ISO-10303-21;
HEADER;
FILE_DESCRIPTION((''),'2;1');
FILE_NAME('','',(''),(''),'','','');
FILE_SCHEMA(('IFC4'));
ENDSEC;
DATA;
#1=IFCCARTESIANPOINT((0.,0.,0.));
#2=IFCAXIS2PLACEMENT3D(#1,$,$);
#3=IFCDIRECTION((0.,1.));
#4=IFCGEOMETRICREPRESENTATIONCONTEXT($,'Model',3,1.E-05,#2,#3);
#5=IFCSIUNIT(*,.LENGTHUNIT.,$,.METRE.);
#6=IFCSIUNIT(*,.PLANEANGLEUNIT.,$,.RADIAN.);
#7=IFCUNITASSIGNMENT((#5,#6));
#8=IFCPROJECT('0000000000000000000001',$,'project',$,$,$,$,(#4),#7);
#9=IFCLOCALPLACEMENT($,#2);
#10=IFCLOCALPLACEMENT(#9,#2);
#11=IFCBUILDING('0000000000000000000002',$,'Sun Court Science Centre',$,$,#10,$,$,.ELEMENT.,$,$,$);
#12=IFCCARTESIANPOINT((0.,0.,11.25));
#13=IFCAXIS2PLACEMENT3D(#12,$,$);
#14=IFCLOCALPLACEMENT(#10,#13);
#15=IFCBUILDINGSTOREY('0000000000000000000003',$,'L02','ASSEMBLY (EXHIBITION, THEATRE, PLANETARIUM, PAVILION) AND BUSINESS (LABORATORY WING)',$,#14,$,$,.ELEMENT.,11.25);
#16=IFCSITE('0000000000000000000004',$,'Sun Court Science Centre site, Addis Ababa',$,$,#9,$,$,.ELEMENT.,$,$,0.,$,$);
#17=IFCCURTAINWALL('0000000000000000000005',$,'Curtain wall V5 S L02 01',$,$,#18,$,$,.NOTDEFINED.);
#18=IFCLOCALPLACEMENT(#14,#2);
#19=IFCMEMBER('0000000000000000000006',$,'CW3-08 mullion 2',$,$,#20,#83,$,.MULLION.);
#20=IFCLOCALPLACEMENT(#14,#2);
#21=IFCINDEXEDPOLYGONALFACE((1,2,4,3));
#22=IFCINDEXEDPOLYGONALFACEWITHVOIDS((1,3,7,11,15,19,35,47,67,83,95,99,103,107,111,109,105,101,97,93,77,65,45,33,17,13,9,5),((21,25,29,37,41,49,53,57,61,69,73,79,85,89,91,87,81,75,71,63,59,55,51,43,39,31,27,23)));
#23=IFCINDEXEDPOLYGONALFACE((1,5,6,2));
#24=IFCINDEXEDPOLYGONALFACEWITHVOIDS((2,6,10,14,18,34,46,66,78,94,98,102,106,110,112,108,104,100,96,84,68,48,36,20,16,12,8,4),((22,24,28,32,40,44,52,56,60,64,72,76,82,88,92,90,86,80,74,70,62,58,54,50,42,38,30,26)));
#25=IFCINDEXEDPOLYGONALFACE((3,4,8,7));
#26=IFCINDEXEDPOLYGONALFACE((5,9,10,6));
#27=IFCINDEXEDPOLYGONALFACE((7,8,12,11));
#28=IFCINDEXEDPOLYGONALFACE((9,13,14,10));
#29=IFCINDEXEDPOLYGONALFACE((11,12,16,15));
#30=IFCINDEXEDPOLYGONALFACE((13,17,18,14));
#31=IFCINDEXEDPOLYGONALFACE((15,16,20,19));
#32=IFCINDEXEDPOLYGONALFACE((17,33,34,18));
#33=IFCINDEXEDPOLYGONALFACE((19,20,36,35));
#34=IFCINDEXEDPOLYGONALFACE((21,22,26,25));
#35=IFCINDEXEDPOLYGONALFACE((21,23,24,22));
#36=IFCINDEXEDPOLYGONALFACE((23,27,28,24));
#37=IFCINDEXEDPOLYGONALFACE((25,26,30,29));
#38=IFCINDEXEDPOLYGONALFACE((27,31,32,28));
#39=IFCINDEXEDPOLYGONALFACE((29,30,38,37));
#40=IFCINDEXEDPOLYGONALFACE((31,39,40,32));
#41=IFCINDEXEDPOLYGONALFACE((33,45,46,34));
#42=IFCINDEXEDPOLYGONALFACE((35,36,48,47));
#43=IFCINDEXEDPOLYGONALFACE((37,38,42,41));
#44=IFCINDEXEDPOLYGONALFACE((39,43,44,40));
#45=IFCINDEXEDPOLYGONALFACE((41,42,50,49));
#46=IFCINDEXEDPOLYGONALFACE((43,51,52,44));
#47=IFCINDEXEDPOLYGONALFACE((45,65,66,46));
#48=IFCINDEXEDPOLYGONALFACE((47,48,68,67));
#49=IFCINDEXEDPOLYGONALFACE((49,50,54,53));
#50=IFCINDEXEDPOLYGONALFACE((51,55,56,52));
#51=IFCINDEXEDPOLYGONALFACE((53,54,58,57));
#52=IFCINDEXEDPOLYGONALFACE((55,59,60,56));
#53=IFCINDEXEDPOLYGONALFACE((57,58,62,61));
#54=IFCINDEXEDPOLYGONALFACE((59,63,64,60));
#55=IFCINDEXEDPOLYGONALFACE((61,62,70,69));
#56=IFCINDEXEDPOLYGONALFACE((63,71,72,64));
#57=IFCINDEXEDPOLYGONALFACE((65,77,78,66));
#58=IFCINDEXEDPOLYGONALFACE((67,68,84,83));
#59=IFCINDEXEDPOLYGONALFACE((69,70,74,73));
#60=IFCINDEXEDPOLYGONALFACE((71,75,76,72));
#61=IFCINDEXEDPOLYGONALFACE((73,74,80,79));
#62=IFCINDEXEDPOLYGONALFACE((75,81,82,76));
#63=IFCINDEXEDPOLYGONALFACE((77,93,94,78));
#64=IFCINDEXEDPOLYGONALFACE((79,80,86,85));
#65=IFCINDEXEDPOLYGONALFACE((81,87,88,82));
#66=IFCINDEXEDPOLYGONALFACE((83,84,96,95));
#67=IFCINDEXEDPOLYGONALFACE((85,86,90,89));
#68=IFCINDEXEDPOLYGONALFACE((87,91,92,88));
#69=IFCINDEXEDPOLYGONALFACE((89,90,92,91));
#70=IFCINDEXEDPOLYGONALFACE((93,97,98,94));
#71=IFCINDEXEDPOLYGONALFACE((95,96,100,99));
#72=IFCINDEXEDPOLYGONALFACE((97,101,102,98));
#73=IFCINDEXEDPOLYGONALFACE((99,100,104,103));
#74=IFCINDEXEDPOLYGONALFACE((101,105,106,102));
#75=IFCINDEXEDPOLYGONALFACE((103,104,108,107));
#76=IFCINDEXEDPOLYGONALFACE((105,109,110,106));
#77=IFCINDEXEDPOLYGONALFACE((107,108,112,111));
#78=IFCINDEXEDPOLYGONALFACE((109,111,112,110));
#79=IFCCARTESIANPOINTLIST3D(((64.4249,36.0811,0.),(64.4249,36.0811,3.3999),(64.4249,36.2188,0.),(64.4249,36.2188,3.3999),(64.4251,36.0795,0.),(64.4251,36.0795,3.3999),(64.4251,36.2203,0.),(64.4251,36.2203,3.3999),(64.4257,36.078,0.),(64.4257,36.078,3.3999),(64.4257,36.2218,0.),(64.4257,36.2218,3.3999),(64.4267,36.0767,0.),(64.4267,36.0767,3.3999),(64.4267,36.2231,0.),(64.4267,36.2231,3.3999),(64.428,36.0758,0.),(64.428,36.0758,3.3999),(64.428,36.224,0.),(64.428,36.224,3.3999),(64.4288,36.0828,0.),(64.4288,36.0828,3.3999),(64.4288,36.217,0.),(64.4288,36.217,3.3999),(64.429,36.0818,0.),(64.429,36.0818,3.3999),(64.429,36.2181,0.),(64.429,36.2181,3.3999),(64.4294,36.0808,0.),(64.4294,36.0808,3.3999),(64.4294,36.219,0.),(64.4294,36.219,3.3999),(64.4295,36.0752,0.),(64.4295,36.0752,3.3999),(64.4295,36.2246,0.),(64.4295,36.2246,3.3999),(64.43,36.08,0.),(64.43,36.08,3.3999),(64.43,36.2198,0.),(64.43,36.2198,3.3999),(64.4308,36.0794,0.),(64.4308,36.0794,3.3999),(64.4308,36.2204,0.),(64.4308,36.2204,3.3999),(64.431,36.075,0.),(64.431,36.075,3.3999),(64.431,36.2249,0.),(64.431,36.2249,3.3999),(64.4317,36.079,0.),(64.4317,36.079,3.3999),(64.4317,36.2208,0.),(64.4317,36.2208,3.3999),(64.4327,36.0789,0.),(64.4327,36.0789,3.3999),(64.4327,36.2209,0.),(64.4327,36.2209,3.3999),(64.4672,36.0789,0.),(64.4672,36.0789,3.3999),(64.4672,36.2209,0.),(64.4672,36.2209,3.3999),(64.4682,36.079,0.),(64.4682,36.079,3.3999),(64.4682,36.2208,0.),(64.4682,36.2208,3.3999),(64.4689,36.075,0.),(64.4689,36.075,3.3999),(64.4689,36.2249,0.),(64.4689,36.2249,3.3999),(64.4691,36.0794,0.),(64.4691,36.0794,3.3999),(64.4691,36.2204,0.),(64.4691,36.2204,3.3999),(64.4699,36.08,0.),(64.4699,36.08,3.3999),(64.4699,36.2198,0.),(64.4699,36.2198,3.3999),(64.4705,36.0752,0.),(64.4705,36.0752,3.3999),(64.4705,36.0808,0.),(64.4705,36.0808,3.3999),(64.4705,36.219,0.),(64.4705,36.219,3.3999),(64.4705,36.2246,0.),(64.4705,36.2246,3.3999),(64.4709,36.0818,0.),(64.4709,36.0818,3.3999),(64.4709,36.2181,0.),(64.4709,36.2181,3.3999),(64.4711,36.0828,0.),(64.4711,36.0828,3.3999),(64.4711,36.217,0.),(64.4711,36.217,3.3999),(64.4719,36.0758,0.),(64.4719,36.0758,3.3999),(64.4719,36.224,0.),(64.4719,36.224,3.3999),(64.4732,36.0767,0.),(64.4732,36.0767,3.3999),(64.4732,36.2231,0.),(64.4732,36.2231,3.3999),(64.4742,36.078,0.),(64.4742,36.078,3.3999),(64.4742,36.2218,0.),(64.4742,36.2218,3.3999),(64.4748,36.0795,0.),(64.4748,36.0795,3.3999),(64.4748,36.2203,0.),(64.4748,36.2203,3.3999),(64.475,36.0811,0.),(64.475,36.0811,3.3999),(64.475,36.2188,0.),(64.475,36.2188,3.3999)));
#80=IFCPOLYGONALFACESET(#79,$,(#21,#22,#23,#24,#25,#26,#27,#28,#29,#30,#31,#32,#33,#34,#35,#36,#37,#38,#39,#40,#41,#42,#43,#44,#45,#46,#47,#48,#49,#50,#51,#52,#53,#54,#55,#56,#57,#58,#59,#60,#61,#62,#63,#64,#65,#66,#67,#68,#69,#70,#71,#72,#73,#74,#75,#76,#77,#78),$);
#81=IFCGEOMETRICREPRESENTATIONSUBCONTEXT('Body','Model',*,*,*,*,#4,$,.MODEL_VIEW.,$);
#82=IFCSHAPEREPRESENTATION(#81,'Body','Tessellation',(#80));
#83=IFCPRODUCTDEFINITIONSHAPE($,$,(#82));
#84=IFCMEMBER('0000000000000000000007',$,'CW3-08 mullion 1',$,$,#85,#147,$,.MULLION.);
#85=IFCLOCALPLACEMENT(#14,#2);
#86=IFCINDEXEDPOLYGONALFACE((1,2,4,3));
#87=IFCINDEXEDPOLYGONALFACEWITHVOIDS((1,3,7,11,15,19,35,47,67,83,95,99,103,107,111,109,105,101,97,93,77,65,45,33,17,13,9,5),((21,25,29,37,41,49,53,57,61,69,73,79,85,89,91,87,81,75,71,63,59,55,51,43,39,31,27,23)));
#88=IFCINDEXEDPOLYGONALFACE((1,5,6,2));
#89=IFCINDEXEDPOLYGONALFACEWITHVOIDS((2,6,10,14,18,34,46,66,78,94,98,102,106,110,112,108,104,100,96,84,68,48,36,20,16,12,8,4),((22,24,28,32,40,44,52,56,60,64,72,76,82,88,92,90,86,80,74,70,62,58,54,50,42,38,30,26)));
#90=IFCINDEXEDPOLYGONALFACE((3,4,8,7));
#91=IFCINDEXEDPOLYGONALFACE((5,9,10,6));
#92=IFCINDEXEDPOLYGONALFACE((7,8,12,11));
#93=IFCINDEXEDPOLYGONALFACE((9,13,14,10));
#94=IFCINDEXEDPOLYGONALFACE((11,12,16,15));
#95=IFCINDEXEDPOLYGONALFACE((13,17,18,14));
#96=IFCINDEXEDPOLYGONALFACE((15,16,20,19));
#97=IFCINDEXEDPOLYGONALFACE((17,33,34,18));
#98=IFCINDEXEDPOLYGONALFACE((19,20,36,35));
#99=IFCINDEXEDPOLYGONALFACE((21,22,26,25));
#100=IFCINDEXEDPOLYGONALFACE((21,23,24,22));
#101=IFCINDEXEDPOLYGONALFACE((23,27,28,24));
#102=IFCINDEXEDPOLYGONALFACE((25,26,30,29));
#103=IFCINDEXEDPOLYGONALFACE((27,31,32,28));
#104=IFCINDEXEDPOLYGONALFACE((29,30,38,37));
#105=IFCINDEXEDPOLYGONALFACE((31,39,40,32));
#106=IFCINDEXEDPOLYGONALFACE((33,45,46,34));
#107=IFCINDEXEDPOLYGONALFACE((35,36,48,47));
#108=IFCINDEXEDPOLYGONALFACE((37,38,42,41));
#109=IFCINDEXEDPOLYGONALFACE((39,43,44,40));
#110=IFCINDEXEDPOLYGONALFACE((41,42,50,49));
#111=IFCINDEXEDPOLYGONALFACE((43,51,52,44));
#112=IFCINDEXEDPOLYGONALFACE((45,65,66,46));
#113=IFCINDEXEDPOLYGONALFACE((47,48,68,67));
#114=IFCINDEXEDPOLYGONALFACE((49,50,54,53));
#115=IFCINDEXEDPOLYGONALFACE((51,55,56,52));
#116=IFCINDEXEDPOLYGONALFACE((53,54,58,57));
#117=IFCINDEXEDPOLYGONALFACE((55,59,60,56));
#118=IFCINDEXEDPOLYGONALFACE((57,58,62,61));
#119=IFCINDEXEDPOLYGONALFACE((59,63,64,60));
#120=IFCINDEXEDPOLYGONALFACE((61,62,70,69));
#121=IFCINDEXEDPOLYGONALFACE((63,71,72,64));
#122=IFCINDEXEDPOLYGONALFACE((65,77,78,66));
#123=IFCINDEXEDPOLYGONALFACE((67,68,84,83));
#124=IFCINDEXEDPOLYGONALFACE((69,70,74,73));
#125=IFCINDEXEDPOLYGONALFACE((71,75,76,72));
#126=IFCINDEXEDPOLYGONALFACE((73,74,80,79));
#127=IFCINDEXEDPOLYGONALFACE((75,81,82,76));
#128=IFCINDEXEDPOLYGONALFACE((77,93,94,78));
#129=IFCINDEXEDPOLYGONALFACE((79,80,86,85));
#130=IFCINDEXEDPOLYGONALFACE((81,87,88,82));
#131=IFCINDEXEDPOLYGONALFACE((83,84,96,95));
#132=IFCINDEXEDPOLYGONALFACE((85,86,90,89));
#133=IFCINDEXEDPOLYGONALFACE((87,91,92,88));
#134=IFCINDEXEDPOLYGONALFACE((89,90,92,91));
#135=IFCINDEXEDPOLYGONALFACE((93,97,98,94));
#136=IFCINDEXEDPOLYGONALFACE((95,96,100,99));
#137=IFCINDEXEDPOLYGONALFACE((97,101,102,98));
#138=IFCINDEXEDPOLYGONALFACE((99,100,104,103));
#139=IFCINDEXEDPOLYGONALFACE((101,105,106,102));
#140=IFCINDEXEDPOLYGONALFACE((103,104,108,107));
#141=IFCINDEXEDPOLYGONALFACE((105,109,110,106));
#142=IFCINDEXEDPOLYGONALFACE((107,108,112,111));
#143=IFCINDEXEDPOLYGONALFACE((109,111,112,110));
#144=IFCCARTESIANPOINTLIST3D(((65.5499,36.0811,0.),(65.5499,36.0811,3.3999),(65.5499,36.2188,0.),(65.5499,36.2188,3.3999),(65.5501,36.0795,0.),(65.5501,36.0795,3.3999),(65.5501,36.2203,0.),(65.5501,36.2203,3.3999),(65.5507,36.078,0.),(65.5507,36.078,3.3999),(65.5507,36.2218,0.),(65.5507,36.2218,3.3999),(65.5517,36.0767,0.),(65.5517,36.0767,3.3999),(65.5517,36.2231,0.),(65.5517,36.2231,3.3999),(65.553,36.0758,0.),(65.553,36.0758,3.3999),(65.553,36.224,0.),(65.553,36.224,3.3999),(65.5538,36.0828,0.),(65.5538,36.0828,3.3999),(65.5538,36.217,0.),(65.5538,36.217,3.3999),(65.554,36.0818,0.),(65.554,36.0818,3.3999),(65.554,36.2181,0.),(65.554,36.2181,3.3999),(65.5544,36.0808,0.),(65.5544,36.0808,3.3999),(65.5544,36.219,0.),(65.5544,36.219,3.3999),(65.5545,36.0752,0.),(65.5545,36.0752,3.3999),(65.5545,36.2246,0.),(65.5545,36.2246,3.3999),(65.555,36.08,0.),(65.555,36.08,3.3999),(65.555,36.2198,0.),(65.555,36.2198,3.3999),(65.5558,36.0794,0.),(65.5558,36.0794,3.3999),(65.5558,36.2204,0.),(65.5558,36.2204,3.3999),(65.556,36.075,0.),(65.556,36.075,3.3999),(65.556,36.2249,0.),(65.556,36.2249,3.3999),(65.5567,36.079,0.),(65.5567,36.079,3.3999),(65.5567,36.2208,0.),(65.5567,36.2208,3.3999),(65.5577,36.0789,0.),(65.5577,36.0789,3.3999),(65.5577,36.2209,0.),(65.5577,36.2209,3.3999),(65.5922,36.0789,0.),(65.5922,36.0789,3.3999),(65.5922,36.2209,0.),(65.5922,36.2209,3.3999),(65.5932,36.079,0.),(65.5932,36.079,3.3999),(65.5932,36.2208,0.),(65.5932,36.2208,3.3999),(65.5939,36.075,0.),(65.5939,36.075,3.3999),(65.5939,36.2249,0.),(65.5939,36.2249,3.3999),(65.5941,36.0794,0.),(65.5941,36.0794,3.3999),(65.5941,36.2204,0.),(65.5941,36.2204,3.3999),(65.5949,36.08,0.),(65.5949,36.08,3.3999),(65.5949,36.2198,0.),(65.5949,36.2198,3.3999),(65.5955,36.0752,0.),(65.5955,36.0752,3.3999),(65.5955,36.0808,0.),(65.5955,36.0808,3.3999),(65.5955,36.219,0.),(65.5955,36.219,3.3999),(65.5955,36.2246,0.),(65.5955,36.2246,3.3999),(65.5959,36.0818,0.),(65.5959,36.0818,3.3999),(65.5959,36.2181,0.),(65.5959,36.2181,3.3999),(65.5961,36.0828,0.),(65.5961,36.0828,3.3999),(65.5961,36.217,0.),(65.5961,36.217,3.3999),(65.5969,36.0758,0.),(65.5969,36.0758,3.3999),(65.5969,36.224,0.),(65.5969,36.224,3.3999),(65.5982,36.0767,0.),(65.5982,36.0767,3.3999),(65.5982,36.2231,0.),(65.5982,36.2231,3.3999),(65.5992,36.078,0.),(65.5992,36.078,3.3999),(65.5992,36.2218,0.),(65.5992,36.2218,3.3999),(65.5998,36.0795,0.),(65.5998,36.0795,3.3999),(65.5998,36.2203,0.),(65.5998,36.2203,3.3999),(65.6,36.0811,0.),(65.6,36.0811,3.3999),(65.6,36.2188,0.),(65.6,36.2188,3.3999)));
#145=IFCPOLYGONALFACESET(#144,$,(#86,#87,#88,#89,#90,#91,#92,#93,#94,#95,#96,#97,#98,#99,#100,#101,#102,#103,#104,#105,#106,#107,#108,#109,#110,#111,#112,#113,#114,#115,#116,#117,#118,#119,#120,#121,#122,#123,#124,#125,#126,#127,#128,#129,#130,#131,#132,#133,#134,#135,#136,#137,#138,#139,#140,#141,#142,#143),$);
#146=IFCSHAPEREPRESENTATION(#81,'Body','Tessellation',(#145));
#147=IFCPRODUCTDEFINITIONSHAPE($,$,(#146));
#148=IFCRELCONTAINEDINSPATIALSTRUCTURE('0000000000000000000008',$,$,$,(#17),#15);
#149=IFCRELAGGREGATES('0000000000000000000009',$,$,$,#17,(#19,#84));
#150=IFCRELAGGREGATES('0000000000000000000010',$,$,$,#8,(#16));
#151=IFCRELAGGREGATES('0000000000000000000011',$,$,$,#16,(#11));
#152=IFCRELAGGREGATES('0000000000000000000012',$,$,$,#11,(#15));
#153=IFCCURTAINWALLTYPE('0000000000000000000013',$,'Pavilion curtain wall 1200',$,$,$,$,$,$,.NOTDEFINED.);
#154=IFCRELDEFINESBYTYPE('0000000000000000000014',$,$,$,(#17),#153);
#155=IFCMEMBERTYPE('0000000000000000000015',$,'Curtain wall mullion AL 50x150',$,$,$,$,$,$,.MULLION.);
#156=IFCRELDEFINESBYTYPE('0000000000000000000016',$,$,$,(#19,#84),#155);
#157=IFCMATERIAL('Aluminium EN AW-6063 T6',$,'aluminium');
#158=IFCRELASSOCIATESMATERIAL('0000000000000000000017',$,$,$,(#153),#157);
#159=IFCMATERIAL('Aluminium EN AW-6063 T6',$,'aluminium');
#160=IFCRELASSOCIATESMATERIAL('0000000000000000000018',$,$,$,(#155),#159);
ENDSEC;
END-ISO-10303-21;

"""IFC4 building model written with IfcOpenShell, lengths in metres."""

from ifc_helpers import new_model, si_unit, direction, frame, origin, origin_2d, place, context, subcontext, project, spatial, hollow_rectangle, extrude, material, material_profile, profile_set, type_object, element, aggregate, save


model = new_model("IFC4")

# Units and contexts
model_context = context("Model", 3, precision=1e-05, world=origin(), true_north=direction((0.0, 1.0)))
body_context = subcontext(model_context, "Body", "Model", "MODEL_VIEW")
ifc_project = project(units=[si_unit("LENGTHUNIT", "METRE"), si_unit("PLANEANGLEUNIT", "RADIAN")], contexts=[model_context])

# Site, building, storey
site_placement = place(None, origin())
site = spatial("IfcSite", under=ifc_project, at=site_placement, Name="Sun Court Science Centre site, Addis Ababa", CompositionType="ELEMENT", RefElevation=0.0)
building_placement = place(site_placement, origin())
building = spatial("IfcBuilding", under=site, at=building_placement, Name="Sun Court Science Centre", CompositionType="ELEMENT")
storey_placement = place(building_placement, frame((0.0, 0.0, 11.25)))
storey = spatial("IfcBuildingStorey", under=building, at=storey_placement, Name="L02", Description="ASSEMBLY (EXHIBITION, THEATRE, PLANETARIUM, PAVILION) AND BUSINESS (LABORATORY WING)", CompositionType="ELEMENT", Elevation=11.25)

# Curtain wall, members
ifc_material_1 = material(Name="Aluminium EN AW-6063 T6", Category="aluminium")
curtain_wall_type = type_object("IfcCurtainWallType", Name="Pavilion curtain wall 1200", PredefinedType="NOTDEFINED", material=ifc_material_1)
curtain_wall_placement = place(storey_placement, origin())
curtain_wall = element("IfcCurtainWall", 1, at=curtain_wall_placement, inside=storey, type_object=curtain_wall_type, Name="Curtain wall V5 S L02 01", PredefinedType="NOTDEFINED")
ifc_material_2 = material(Name="Aluminium EN AW-6063 T6", Category="aluminium")
ifc_material_profile_1 = material_profile(ifc_material_2, hollow_rectangle(XDim=0.05, YDim=0.1499, WallThickness=0.0039, InnerFilletRadius=0.0039, OuterFilletRadius=0.0061, at=origin_2d()), Name="AL 50x150x4")
ifc_profile_set_1 = profile_set([ifc_material_profile_1], Name="Aluminium EN AW-6063 T6")
member_type_1 = type_object("IfcMemberType", Name="Curtain wall mullion AL 50x150", PredefinedType="MULLION", material=ifc_profile_set_1)
member_1_placement = place(storey_placement, frame((64.45, 36.1499, 0.0), z_axis=(0.0, 0.0, 1.0), x_axis=(-1.0, 0.0, 0.0)))
member_1 = element("IfcMember", 2, at=member_1_placement, type_object=member_type_1, Name="CW3-08 mullion 2", PredefinedType="MULLION", context=body_context, shape_type="SweptSolid", body=[
    extrude(hollow_rectangle(XDim=0.05, YDim=0.1499, WallThickness=0.0039, InnerFilletRadius=0.0039, OuterFilletRadius=0.0061, at=origin_2d()), origin(), (0.0, 0.0, 1.0), 3.3999),
])
member_2_placement = place(storey_placement, frame((65.575, 36.1499, 0.0), z_axis=(0.0, 0.0, 1.0), x_axis=(-1.0, 0.0, 0.0)))
member_2 = element("IfcMember", 3, at=member_2_placement, type_object=member_type_1, Name="CW3-08 mullion 1", PredefinedType="MULLION", context=body_context, shape_type="SweptSolid", body=[
    extrude(hollow_rectangle(XDim=0.05, YDim=0.1499, WallThickness=0.0039, InnerFilletRadius=0.0039, OuterFilletRadius=0.0061, at=origin_2d()), origin(), (0.0, 0.0, 1.0), 3.3999),
])
aggregate(curtain_wall, [member_1, member_2])

save(model, "model.ifc")
